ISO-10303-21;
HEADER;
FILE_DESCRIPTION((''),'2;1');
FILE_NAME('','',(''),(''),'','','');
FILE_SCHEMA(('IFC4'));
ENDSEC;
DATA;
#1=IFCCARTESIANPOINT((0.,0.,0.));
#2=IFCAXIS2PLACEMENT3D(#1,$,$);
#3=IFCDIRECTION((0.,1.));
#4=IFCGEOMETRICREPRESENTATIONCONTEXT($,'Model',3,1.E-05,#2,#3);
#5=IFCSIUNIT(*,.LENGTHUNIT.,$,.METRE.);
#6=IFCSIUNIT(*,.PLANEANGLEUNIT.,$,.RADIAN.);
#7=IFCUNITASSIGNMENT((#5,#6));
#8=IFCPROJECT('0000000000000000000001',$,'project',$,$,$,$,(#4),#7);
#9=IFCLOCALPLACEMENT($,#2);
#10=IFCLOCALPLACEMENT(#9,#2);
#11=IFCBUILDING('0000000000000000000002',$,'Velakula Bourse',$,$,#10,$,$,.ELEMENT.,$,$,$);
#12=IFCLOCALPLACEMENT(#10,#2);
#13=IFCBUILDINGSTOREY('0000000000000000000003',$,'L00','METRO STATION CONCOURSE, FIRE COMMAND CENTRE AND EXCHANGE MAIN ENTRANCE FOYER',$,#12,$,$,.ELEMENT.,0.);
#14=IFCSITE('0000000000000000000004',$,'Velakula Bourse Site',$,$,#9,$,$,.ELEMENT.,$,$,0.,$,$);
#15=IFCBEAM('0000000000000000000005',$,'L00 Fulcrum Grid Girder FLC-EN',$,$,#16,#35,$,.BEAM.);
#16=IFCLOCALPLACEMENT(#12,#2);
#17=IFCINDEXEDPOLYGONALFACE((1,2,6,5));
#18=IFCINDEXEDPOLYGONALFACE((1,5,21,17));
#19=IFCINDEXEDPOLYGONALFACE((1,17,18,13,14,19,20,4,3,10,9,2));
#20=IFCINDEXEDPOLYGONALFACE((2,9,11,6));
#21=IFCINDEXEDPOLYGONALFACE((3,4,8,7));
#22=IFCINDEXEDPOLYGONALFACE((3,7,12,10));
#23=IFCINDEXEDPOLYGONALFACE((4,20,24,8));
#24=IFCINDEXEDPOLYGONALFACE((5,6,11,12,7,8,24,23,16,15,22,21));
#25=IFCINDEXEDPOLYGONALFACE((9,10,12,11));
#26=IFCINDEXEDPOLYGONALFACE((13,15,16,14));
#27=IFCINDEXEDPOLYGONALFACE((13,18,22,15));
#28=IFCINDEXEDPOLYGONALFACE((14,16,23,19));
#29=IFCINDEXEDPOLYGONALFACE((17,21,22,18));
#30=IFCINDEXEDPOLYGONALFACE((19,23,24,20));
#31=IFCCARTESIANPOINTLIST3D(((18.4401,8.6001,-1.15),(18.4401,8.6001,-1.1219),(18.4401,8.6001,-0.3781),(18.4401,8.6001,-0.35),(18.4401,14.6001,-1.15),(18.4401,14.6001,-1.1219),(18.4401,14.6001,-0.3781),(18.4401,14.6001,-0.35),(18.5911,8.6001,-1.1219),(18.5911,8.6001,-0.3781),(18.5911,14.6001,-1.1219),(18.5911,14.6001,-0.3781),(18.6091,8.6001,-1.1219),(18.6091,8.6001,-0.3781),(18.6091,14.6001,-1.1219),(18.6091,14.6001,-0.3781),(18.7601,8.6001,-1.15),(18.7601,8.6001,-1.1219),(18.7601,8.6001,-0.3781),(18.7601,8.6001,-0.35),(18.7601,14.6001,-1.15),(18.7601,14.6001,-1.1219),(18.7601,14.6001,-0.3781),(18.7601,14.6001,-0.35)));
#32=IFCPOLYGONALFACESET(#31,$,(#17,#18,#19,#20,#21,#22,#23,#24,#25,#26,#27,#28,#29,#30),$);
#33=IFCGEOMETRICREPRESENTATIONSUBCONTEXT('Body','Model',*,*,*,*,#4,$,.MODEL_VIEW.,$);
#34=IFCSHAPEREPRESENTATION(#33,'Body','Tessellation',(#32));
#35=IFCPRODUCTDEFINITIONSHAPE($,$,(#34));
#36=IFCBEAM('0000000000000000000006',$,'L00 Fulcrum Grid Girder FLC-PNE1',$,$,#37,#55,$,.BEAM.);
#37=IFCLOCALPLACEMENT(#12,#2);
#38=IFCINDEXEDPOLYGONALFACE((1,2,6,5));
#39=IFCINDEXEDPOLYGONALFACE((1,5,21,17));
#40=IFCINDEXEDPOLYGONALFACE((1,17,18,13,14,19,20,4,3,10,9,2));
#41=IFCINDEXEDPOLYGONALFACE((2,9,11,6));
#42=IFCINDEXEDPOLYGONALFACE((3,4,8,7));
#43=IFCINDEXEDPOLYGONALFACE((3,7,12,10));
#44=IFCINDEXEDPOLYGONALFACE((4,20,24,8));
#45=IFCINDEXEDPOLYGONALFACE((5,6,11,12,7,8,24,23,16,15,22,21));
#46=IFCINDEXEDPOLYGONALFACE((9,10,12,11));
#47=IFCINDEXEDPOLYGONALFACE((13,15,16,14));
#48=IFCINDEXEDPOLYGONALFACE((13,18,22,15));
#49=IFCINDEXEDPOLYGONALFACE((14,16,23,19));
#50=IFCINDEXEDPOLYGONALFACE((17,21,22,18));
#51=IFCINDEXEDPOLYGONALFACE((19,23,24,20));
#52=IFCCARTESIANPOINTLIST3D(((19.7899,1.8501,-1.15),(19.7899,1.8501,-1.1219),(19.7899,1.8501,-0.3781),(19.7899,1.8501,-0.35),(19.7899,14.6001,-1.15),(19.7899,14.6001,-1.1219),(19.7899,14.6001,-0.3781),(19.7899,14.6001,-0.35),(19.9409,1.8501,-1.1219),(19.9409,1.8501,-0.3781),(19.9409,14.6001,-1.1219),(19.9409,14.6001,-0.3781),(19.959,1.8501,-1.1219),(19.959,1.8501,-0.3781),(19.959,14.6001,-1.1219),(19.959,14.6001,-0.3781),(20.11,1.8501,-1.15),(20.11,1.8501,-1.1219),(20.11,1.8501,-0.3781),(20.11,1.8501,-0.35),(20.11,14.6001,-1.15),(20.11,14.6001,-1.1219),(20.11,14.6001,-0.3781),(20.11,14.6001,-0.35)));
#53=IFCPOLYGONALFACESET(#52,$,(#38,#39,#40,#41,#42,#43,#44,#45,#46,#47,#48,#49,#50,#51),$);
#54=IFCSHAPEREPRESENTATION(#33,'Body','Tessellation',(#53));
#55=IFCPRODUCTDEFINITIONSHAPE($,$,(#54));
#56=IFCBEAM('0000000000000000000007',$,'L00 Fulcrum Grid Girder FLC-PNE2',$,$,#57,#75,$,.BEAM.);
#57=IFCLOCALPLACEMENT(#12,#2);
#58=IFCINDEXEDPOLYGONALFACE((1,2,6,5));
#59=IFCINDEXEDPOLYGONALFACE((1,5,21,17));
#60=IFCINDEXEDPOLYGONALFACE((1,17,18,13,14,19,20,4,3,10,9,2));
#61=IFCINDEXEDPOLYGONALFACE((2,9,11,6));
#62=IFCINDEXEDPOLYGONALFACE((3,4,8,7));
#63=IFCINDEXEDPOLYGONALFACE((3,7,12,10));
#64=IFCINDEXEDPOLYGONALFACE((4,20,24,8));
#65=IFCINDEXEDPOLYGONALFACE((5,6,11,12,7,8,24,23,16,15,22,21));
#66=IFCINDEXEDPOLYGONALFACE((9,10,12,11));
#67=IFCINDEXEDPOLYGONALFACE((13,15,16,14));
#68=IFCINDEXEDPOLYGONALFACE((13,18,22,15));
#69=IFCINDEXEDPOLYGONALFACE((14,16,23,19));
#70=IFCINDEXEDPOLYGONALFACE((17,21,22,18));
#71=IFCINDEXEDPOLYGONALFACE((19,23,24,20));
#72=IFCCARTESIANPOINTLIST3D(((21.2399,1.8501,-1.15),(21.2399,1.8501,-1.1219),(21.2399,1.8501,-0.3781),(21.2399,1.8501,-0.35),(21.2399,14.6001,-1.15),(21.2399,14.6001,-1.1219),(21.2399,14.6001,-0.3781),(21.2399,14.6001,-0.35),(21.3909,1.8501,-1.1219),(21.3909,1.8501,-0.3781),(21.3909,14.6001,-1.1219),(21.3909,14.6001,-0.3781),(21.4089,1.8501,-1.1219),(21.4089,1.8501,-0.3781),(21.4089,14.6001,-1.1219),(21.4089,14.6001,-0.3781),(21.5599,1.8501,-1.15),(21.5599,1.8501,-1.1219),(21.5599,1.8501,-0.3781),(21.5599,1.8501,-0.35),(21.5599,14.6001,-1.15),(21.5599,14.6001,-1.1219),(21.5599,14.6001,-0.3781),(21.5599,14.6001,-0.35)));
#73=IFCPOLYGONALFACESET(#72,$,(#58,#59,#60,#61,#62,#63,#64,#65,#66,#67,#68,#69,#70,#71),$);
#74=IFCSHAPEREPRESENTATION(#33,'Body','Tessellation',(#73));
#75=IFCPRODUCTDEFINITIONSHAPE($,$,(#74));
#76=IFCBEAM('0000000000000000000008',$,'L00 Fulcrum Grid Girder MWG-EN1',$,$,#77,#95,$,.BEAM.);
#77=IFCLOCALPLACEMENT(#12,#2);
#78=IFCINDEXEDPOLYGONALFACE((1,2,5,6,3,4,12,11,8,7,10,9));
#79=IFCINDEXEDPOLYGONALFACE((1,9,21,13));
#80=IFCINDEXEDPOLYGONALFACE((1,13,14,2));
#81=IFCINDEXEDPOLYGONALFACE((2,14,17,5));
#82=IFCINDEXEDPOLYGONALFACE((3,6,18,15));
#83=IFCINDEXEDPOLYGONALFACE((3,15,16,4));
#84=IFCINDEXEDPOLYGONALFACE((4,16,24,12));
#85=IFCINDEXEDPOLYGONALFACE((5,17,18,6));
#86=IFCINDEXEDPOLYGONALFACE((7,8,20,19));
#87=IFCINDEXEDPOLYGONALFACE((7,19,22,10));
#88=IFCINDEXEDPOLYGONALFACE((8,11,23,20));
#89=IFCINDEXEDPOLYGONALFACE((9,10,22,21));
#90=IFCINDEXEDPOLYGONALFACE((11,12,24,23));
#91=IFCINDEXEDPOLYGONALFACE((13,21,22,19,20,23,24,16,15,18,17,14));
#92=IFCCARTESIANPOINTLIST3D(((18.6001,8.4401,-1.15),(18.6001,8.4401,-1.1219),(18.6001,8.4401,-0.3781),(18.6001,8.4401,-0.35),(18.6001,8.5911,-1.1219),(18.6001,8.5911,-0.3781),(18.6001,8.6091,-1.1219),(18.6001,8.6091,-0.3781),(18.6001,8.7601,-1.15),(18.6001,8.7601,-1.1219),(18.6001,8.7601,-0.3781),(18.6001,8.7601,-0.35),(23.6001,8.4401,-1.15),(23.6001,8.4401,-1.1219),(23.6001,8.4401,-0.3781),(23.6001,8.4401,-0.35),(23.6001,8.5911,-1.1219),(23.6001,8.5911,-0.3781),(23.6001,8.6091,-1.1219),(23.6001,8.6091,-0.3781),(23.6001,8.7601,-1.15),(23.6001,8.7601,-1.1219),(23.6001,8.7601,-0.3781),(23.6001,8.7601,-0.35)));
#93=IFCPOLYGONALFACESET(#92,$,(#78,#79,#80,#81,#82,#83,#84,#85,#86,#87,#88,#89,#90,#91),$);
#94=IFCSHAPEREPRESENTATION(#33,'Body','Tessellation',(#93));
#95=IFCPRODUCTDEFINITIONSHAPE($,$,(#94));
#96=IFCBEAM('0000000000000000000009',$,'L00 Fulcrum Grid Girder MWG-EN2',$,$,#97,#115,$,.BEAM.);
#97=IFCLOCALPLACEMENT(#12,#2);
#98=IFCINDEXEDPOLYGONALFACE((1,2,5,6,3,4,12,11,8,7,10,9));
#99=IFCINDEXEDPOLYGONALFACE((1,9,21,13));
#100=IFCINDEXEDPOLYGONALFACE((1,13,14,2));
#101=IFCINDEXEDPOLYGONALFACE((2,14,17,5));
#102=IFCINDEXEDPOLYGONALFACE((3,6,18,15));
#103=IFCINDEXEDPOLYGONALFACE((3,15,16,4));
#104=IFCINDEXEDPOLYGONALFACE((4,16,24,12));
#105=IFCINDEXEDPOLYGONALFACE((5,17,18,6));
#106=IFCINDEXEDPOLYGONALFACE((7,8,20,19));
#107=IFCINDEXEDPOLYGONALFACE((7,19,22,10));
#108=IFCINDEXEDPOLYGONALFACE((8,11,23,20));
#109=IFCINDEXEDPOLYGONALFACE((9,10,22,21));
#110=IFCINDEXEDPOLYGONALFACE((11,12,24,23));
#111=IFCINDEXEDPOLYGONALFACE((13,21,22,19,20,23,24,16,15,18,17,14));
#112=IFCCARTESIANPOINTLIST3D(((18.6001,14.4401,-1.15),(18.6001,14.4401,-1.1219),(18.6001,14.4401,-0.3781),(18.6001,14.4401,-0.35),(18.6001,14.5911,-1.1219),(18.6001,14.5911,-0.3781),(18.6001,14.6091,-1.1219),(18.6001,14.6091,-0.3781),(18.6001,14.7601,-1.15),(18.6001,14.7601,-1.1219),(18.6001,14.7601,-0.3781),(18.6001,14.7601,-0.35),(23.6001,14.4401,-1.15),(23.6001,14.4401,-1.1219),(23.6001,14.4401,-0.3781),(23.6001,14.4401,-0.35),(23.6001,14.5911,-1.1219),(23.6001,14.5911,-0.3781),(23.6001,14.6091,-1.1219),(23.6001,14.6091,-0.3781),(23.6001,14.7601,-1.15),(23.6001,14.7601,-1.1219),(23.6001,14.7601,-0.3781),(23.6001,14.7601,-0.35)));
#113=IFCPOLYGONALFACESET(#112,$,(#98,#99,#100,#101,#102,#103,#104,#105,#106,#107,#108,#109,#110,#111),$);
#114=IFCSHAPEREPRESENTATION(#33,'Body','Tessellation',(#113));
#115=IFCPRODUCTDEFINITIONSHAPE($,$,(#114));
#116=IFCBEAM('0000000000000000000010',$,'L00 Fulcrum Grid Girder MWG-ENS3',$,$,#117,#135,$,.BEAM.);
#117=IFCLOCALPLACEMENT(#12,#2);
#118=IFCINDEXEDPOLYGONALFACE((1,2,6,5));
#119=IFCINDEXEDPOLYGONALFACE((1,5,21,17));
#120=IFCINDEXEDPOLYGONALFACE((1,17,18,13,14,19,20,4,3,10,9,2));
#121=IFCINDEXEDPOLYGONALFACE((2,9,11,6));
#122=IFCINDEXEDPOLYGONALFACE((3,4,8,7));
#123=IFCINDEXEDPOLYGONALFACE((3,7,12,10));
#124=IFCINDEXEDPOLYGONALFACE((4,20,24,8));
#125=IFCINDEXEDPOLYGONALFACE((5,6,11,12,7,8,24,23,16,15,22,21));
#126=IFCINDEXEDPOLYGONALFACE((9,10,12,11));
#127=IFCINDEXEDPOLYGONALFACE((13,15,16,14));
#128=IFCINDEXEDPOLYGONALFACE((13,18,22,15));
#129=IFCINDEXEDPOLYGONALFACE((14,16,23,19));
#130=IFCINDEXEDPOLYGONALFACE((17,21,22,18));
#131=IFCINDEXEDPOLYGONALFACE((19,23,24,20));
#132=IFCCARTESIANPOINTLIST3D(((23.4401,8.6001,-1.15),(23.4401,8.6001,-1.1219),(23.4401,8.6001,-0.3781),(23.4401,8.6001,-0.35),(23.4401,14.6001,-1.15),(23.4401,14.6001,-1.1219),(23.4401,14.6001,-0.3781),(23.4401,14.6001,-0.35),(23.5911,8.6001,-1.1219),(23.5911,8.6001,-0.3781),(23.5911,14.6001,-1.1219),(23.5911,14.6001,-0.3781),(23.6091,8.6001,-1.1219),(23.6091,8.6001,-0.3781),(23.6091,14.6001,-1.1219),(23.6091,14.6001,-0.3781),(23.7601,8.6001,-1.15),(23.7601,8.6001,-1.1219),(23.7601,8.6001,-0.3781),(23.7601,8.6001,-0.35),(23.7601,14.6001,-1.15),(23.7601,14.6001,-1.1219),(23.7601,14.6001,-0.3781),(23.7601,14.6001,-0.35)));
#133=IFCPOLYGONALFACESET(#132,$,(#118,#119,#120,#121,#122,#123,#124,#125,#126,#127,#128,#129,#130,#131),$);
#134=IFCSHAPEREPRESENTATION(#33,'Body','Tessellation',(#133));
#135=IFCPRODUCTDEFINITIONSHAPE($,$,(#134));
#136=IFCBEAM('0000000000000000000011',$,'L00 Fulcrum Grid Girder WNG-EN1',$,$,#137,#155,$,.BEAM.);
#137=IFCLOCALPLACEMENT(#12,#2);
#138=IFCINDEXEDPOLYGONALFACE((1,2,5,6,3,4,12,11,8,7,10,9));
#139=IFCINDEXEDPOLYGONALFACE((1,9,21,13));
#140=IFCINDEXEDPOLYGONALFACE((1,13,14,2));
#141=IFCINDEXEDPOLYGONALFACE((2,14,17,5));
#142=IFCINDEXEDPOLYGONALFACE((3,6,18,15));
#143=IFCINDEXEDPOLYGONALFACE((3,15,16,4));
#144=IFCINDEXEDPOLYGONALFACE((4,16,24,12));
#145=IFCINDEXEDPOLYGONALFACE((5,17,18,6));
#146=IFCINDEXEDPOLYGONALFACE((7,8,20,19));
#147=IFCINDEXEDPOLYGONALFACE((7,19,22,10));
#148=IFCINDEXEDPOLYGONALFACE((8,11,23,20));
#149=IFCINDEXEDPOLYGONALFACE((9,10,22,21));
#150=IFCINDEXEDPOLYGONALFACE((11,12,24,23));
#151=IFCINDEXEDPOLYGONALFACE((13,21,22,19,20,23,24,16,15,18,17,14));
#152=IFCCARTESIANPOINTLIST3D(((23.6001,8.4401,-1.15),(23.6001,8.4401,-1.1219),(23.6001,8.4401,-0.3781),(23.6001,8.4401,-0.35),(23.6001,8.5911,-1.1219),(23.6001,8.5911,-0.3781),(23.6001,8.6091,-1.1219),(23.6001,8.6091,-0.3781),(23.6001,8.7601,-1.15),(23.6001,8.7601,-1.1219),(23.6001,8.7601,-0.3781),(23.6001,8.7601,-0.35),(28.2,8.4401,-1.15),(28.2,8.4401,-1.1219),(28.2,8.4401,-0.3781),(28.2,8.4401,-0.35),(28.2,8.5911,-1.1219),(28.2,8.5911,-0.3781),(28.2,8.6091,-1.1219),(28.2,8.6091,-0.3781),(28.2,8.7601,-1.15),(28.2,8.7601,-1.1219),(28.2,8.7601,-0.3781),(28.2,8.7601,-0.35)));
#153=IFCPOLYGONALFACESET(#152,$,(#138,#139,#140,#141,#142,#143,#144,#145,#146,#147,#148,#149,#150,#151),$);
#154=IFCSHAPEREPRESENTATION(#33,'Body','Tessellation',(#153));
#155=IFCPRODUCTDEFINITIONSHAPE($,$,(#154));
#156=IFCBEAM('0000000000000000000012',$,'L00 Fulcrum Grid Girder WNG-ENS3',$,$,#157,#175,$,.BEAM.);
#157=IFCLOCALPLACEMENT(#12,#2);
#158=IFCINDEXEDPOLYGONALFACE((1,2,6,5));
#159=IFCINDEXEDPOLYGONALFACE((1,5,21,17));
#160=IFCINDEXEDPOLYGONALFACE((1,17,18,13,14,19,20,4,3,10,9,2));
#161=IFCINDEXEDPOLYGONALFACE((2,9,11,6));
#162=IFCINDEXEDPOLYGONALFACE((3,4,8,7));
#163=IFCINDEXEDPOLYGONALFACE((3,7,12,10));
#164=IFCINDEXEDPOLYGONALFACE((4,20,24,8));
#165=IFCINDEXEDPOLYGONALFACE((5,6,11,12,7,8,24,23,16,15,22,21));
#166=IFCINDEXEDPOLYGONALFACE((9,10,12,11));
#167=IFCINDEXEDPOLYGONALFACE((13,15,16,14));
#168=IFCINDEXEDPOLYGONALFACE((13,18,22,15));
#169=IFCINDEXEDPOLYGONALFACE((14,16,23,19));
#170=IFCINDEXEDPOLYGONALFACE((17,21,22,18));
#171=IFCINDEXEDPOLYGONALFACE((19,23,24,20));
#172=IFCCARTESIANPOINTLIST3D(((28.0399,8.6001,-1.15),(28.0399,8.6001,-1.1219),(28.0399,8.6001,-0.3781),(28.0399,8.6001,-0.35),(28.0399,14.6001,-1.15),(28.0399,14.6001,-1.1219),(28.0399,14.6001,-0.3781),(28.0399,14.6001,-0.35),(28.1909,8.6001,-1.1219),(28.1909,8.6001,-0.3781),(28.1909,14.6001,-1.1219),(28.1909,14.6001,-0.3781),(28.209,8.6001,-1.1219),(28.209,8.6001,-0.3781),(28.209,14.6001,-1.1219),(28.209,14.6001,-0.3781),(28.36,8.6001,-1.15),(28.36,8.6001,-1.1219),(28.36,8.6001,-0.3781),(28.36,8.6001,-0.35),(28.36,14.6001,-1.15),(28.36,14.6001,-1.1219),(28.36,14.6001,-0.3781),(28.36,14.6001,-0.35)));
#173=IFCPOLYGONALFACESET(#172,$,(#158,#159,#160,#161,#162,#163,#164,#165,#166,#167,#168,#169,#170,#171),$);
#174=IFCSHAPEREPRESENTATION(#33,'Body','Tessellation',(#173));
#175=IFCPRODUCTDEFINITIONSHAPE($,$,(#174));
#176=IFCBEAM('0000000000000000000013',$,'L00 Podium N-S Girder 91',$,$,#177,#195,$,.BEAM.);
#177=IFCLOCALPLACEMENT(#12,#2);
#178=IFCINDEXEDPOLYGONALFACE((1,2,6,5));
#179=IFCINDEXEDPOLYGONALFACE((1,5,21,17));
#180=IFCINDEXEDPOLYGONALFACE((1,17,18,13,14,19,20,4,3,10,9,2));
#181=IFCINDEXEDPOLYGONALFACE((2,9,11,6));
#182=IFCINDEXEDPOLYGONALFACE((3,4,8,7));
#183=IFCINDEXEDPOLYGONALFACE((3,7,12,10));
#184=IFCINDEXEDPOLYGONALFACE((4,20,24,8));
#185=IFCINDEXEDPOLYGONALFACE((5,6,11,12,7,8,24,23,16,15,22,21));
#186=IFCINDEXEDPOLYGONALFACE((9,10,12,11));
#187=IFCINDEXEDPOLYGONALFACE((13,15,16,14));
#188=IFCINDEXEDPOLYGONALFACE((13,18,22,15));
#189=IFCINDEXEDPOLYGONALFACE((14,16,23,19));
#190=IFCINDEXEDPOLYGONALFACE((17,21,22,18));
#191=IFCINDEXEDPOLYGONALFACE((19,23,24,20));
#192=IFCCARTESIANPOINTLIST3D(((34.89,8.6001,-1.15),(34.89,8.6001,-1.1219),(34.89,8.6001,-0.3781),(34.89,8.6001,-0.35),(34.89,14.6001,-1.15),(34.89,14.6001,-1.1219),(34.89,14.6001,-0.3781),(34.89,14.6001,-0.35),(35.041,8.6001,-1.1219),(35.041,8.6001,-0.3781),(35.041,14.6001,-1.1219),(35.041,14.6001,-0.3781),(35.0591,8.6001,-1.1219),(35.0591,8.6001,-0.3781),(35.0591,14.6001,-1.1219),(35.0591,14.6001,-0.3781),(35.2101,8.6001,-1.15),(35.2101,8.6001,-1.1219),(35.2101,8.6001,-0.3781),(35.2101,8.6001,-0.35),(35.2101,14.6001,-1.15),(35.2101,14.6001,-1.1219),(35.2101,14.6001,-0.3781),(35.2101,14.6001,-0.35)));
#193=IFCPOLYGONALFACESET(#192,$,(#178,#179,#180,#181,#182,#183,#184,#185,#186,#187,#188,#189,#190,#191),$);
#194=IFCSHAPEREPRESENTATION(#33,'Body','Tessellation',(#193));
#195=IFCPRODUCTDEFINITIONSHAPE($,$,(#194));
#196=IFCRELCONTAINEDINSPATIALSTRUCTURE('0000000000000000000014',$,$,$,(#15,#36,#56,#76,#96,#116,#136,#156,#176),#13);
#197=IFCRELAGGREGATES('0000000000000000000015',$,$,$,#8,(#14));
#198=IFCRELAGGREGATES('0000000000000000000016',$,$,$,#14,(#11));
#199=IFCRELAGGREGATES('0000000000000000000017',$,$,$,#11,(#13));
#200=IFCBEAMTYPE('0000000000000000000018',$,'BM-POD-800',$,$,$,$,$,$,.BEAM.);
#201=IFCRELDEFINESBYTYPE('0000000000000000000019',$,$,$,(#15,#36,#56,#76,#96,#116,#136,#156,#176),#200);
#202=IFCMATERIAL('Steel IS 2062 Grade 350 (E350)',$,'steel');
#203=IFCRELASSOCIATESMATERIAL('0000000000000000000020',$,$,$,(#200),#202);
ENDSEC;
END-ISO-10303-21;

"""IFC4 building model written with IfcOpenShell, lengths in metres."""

from ifc_helpers import new_model, si_unit, direction, frame, origin, origin_2d, place, context, subcontext, project, spatial, i_section, extrude, material, material_profile, profile_set, type_object, element, save


model = new_model("IFC4")

# Units and contexts
model_context = context("Model", 3, precision=1e-05, world=origin(), true_north=direction((0.0, 1.0)))
body_context = subcontext(model_context, "Body", "Model", "MODEL_VIEW")
ifc_project = project(units=[si_unit("LENGTHUNIT", "METRE"), si_unit("PLANEANGLEUNIT", "RADIAN")], contexts=[model_context])

# Site, building, storey
site_placement = place(None, origin())
site = spatial("IfcSite", under=ifc_project, at=site_placement, Name="Velakula Bourse Site", CompositionType="ELEMENT", RefElevation=0.0)
building_placement = place(site_placement, origin())
building = spatial("IfcBuilding", under=site, at=building_placement, Name="Velakula Bourse", CompositionType="ELEMENT")
storey_placement = place(building_placement, origin())
storey = spatial("IfcBuildingStorey", under=building, at=storey_placement, Name="L00", Description="METRO STATION CONCOURSE, FIRE COMMAND CENTRE AND EXCHANGE MAIN ENTRANCE FOYER", CompositionType="ELEMENT", Elevation=0.0)

# Beams
ifc_material_1 = material(Name="Steel IS 2062 Grade 350 (E350)", Category="steel")
ifc_material_profile_1 = material_profile(ifc_material_1, i_section(OverallWidth=0.3201, OverallDepth=0.8, WebThickness=0.0181, FlangeThickness=0.0281, at=origin_2d()), Name="Steel IS 2062 Grade 350 (E350)")
ifc_profile_set_1 = profile_set([ifc_material_profile_1], Name="Steel IS 2062 Grade 350 (E350)")
beam_type_1 = type_object("IfcBeamType", Name="BM-POD-800", PredefinedType="BEAM", material=ifc_profile_set_1)
beam_1_placement = place(storey_placement, frame((18.6001, 8.6001, -0.75), z_axis=(0.0, 1.0, 0.0), x_axis=(-1.0, 0.0, 0.0)))
element("IfcBeam", 1, at=beam_1_placement, inside=storey, type_object=beam_type_1, Name="L00 Fulcrum Grid Girder FLC-EN", PredefinedType="BEAM", context=body_context, shape_type="SweptSolid", body=[
    extrude(i_section(OverallWidth=0.3201, OverallDepth=0.8, WebThickness=0.0181, FlangeThickness=0.0281, at=origin_2d()), origin(), (0.0, 0.0, 1.0), 6.0),
])
for number, where, z_axis, x_axis, name in (
    (2, (19.95, 1.8501, -0.75), (0.0, 1.0, 0.0), (-1.0, 0.0, 0.0), "L00 Fulcrum Grid Girder FLC-PNE1"),
    (3, (21.3999, 1.8501, -0.75), (0.0, 1.0, 0.0), (-1.0, 0.0, 0.0), "L00 Fulcrum Grid Girder FLC-PNE2"),
):
    element("IfcBeam", number, at=place(storey_placement, frame(where, z_axis=z_axis, x_axis=x_axis)), inside=storey, type_object=beam_type_1, Name=name, PredefinedType="BEAM", context=body_context, shape_type="SweptSolid", body=[
        extrude(i_section(OverallWidth=0.3201, OverallDepth=0.8, WebThickness=0.0181, FlangeThickness=0.0281, at=origin_2d()), origin(), (0.0, 0.0, 1.0), 12.75),
    ])
for number, where, z_axis, x_axis, name in (
    (4, (18.6001, 8.6001, -0.75), (1.0, 0.0, 0.0), (0.0, 1.0, 0.0), "L00 Fulcrum Grid Girder MWG-EN1"),
    (5, (18.6001, 14.6001, -0.75), (1.0, 0.0, 0.0), (0.0, 1.0, 0.0), "L00 Fulcrum Grid Girder MWG-EN2"),
):
    element("IfcBeam", number, at=place(storey_placement, frame(where, z_axis=z_axis, x_axis=x_axis)), inside=storey, type_object=beam_type_1, Name=name, PredefinedType="BEAM", context=body_context, shape_type="SweptSolid", body=[
        extrude(i_section(OverallWidth=0.3201, OverallDepth=0.8, WebThickness=0.0181, FlangeThickness=0.0281, at=origin_2d()), origin(), (0.0, 0.0, 1.0), 5.0),
    ])
beam_2_placement = place(storey_placement, frame((23.6001, 8.6001, -0.75), z_axis=(0.0, 1.0, 0.0), x_axis=(-1.0, 0.0, 0.0)))
element("IfcBeam", 6, at=beam_2_placement, inside=storey, type_object=beam_type_1, Name="L00 Fulcrum Grid Girder MWG-ENS3", PredefinedType="BEAM", context=body_context, shape_type="SweptSolid", body=[
    extrude(i_section(OverallWidth=0.3201, OverallDepth=0.8, WebThickness=0.0181, FlangeThickness=0.0281, at=origin_2d()), origin(), (0.0, 0.0, 1.0), 6.0),
])
beam_3_placement = place(storey_placement, frame((23.6001, 8.6001, -0.75), z_axis=(1.0, 0.0, 0.0), x_axis=(0.0, 1.0, 0.0)))
element("IfcBeam", 7, at=beam_3_placement, inside=storey, type_object=beam_type_1, Name="L00 Fulcrum Grid Girder WNG-EN1", PredefinedType="BEAM", context=body_context, shape_type="SweptSolid", body=[
    extrude(i_section(OverallWidth=0.3201, OverallDepth=0.8, WebThickness=0.0181, FlangeThickness=0.0281, at=origin_2d()), origin(), (0.0, 0.0, 1.0), 4.5999),
])
for number, where, z_axis, x_axis, name in (
    (8, (28.2, 8.6001, -0.75), (0.0, 1.0, 0.0), (-1.0, 0.0, 0.0), "L00 Fulcrum Grid Girder WNG-ENS3"),
    (9, (35.05, 8.6001, -0.75), (0.0, 1.0, 0.0), (-1.0, 0.0, 0.0), "L00 Podium N-S Girder 91"),
):
    element("IfcBeam", number, at=place(storey_placement, frame(where, z_axis=z_axis, x_axis=x_axis)), inside=storey, type_object=beam_type_1, Name=name, PredefinedType="BEAM", context=body_context, shape_type="SweptSolid", body=[
        extrude(i_section(OverallWidth=0.3201, OverallDepth=0.8, WebThickness=0.0181, FlangeThickness=0.0281, at=origin_2d()), origin(), (0.0, 0.0, 1.0), 6.0),
    ])

save(model, "model.ifc")
